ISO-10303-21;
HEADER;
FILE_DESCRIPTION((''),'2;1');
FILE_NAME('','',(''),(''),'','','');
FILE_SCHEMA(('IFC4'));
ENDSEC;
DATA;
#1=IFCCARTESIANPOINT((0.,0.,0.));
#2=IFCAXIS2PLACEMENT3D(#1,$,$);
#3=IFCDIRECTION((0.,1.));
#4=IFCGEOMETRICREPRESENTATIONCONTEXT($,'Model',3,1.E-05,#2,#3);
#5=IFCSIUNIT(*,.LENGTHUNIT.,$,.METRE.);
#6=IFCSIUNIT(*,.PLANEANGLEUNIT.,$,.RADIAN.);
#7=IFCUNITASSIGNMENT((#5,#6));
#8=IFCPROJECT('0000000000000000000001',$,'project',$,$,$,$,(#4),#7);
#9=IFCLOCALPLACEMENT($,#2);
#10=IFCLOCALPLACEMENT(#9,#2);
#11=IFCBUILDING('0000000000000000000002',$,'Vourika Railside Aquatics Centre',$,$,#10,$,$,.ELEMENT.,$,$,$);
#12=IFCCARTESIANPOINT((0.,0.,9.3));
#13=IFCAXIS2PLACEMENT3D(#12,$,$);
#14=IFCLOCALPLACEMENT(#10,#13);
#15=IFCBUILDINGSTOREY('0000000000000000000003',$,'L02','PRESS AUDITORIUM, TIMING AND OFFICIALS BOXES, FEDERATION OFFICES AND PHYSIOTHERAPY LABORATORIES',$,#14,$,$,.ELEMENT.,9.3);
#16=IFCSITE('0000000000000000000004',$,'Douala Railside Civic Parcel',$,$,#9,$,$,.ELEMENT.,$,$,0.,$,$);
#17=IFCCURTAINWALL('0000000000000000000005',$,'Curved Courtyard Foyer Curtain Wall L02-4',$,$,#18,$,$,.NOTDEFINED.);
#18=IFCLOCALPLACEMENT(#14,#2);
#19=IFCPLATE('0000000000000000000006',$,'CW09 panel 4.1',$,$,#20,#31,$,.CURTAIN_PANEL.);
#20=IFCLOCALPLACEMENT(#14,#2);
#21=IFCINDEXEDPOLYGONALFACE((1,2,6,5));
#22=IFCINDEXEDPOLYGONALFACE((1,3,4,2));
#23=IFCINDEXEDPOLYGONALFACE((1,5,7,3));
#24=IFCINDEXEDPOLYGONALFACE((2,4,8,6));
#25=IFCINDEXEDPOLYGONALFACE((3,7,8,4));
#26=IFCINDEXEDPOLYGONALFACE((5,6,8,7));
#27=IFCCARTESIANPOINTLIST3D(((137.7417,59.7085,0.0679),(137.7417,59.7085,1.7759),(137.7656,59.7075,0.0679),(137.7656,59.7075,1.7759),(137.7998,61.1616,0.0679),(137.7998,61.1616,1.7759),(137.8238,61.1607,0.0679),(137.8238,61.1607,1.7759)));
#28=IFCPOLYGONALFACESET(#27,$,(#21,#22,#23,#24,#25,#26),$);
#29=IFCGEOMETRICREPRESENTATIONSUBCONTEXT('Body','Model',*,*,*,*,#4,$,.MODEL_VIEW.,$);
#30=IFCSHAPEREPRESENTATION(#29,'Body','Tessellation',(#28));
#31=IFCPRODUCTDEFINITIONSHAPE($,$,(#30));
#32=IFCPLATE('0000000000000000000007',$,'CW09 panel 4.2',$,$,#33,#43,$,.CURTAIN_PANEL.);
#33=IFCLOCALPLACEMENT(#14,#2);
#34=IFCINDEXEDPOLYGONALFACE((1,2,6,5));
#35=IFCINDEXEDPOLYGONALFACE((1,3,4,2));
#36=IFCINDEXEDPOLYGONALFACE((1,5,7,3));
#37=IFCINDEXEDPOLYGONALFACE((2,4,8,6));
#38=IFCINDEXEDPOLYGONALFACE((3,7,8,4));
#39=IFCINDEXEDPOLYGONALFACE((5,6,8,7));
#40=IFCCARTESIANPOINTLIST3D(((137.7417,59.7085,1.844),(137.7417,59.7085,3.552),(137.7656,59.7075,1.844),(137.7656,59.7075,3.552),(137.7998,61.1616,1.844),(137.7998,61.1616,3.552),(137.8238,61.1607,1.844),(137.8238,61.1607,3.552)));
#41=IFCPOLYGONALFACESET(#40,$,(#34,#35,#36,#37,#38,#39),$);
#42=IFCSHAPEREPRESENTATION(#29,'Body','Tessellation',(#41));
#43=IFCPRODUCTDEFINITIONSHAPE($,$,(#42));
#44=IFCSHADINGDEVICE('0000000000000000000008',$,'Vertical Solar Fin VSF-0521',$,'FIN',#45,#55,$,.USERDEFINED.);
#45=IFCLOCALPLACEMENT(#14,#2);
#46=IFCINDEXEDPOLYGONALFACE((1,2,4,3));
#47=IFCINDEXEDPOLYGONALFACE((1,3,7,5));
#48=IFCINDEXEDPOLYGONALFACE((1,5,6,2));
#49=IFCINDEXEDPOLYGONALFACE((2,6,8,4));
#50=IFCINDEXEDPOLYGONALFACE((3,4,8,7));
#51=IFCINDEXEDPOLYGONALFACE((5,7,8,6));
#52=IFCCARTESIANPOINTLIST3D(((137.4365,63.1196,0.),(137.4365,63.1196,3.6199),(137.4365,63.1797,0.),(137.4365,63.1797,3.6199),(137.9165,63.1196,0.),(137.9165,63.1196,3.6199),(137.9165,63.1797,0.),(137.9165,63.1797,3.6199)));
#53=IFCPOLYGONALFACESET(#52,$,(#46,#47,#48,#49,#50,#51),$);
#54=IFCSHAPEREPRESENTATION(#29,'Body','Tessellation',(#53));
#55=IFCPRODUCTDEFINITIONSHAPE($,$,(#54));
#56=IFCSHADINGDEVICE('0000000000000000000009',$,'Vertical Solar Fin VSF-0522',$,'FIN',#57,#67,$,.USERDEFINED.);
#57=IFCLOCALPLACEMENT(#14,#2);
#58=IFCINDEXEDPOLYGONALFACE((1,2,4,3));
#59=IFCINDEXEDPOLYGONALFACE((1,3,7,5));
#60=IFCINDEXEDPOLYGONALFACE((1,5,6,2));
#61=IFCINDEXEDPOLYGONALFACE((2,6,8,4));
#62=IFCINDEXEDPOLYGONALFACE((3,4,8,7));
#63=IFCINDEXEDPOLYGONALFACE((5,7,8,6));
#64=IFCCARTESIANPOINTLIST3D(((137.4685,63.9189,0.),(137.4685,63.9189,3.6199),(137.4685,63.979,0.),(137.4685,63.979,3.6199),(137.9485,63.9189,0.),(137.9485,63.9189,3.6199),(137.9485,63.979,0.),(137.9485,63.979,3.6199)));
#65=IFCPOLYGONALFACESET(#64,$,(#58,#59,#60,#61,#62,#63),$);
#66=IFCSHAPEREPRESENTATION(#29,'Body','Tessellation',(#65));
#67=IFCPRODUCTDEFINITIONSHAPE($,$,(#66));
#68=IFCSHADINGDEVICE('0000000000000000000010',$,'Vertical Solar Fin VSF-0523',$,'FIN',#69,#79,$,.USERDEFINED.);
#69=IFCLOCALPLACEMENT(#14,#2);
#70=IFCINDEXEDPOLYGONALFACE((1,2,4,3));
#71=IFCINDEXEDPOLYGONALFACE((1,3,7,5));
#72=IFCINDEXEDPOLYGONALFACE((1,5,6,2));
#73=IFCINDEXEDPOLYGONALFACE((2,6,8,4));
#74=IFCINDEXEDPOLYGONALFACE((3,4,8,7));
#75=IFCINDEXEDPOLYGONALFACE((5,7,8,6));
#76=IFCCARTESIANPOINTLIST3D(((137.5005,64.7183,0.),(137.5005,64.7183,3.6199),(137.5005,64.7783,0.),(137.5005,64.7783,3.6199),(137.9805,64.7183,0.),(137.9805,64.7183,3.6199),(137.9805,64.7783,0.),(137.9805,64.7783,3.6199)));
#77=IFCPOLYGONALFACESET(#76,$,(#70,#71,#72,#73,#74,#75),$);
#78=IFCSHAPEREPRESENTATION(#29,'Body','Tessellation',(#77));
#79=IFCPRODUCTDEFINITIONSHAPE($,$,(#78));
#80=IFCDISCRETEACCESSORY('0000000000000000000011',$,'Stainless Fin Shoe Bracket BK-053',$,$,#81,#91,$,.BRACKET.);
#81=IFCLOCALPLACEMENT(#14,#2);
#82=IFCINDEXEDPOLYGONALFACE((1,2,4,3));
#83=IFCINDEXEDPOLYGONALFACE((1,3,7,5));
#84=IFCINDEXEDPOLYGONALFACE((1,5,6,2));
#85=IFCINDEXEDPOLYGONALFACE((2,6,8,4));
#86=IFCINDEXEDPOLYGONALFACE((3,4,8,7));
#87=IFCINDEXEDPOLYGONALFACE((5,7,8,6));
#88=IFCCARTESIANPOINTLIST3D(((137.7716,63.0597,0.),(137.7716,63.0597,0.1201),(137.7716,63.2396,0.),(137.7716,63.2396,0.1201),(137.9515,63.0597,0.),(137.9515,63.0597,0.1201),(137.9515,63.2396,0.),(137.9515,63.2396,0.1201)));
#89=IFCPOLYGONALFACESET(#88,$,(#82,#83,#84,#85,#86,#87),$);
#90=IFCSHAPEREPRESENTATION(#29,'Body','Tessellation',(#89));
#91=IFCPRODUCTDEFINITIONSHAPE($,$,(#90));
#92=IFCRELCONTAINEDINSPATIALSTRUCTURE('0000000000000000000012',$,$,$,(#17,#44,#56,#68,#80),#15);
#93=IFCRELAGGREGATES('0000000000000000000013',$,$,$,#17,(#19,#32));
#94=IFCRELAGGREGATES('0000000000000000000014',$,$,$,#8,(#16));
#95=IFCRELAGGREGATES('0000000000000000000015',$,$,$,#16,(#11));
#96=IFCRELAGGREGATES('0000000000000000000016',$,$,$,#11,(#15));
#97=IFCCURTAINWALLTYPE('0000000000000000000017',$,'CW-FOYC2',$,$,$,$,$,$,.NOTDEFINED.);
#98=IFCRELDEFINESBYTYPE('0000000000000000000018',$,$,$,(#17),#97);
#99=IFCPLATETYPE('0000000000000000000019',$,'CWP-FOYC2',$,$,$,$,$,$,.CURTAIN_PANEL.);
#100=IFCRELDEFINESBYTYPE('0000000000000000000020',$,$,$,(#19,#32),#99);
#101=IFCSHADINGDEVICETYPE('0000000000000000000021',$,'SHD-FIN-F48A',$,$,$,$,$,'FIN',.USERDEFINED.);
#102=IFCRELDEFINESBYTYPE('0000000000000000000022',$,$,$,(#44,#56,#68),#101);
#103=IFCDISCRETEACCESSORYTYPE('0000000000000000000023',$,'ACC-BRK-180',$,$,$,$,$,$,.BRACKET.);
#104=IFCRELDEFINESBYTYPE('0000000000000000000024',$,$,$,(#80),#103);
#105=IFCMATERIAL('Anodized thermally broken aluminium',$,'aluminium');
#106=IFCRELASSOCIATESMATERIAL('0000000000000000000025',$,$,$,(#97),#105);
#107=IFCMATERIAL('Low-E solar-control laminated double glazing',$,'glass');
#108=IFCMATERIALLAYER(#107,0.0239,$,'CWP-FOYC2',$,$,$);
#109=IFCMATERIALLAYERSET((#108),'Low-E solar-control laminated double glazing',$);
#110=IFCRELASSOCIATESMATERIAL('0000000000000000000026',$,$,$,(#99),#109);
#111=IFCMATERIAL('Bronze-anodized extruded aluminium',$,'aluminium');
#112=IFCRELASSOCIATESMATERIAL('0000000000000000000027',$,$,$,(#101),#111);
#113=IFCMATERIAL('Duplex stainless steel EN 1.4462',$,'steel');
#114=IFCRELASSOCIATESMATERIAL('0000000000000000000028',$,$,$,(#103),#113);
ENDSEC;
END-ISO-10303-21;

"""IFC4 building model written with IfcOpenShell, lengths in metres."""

from ifc_helpers import new_model, si_unit, direction, frame, origin, origin_2d, place, context, subcontext, project, spatial, rectangle, extrude, material, layer, layer_set, material_profile, profile_set, type_object, element, aggregate, save


model = new_model("IFC4")

# Units and contexts
model_context = context("Model", 3, precision=1e-05, world=origin(), true_north=direction((0.0, 1.0)))
body_context = subcontext(model_context, "Body", "Model", "MODEL_VIEW")
ifc_project = project(units=[si_unit("LENGTHUNIT", "METRE"), si_unit("PLANEANGLEUNIT", "RADIAN")], contexts=[model_context])

# Site, building, storey
site_placement = place(None, origin())
site = spatial("IfcSite", under=ifc_project, at=site_placement, Name="Douala Railside Civic Parcel", CompositionType="ELEMENT", RefElevation=0.0)
building_placement = place(site_placement, origin())
building = spatial("IfcBuilding", under=site, at=building_placement, Name="Vourika Railside Aquatics Centre", CompositionType="ELEMENT")
storey_placement = place(building_placement, frame((0.0, 0.0, 9.3)))
storey = spatial("IfcBuildingStorey", under=building, at=storey_placement, Name="L02", Description="PRESS AUDITORIUM, TIMING AND OFFICIALS BOXES, FEDERATION OFFICES AND PHYSIOTHERAPY LABORATORIES", CompositionType="ELEMENT", Elevation=9.3)

# Shared definitions
ifc_material_1 = material(Name="Anodized thermally broken aluminium", Category="aluminium")
curtain_wall_type = type_object("IfcCurtainWallType", Name="CW-FOYC2", PredefinedType="NOTDEFINED", material=ifc_material_1)

# Curtain wall
curtain_wall_1_placement = place(storey_placement, origin())
curtain_wall_1 = element("IfcCurtainWall", 1, at=curtain_wall_1_placement, inside=storey, type_object=curtain_wall_type, Name="Curved Courtyard Foyer Curtain Wall L02-4", PredefinedType="NOTDEFINED")

# Plates
ifc_material_2 = material(Name="Low-E solar-control laminated double glazing", Category="glass")
ifc_layer = layer(ifc_material_2, 0.0239, Name="CWP-FOYC2")
ifc_layer_set = layer_set([ifc_layer], Name="Low-E solar-control laminated double glazing")
plate_type = type_object("IfcPlateType", Name="CWP-FOYC2", PredefinedType="CURTAIN_PANEL", material=ifc_layer_set)
plate_1_placement = place(storey_placement, frame((137.7827, 60.4346, 0.0679), z_axis=(0.0, 0.0, 1.0), x_axis=(-0.04, -0.9992, 0.0)))
plate_1 = element("IfcPlate", 2, at=plate_1_placement, type_object=plate_type, Name="CW09 panel 4.1", PredefinedType="CURTAIN_PANEL", context=body_context, shape_type="SweptSolid", body=[
    extrude(rectangle(XDim=1.4543, YDim=0.0239, at=origin_2d()), origin(), (0.0, 0.0, 1.0), 1.708),
])
plate_2_placement = place(storey_placement, frame((137.7827, 60.4346, 1.844), z_axis=(0.0, 0.0, 1.0), x_axis=(-0.04, -0.9992, 0.0)))
plate_2 = element("IfcPlate", 3, at=plate_2_placement, type_object=plate_type, Name="CW09 panel 4.2", PredefinedType="CURTAIN_PANEL", context=body_context, shape_type="SweptSolid", body=[
    extrude(rectangle(XDim=1.4543, YDim=0.0239, at=origin_2d()), origin(), (0.0, 0.0, 1.0), 1.708),
])
aggregate(curtain_wall_1, [plate_1, plate_2])

# Shading devices
ifc_material_3 = material(Name="Bronze-anodized extruded aluminium", Category="aluminium")
ifc_material_profile_1 = material_profile(ifc_material_3, rectangle(XDim=0.0601, YDim=0.48, at=origin_2d()), Name="ALU-FIN 60x480")
ifc_profile_set_1 = profile_set([ifc_material_profile_1], Name="Bronze-anodized extruded aluminium")
shading_device_type = type_object("IfcShadingDeviceType", Name="SHD-FIN-F48A", ElementType="FIN", PredefinedType="USERDEFINED", material=ifc_profile_set_1)
for number, where, z_axis, x_axis, name in (
    (4, (137.6765, 63.1497, 0.0), (0.0, 0.0, 1.0), (0.0, 1.0, 0.0), "Vertical Solar Fin VSF-0521"),
    (5, (137.7085, 63.949, 0.0), (0.0, 0.0, 1.0), (0.0, 1.0, 0.0), "Vertical Solar Fin VSF-0522"),
    (6, (137.7405, 64.7483, 0.0), (0.0, 0.0, 1.0), (0.0, 1.0, 0.0), "Vertical Solar Fin VSF-0523"),
):
    element("IfcShadingDevice", number, at=place(storey_placement, frame(where, z_axis=z_axis, x_axis=x_axis)), inside=storey, type_object=shading_device_type, Name=name, ObjectType="FIN", PredefinedType="USERDEFINED", context=body_context, shape_type="SweptSolid", body=[
        extrude(rectangle(XDim=0.0601, YDim=0.48, at=origin_2d()), origin(), (0.0, 0.0, 1.0), 3.6199),
    ])

# Discrete accessory
ifc_material_4 = material(Name="Duplex stainless steel EN 1.4462", Category="steel")
discrete_accessory_type = type_object("IfcDiscreteAccessoryType", Name="ACC-BRK-180", PredefinedType="BRACKET", material=ifc_material_4)
discrete_accessory_placement = place(storey_placement, frame((137.8616, 63.1497, 0.0), z_axis=(0.0, 0.0, 1.0), x_axis=(-1.0, 0.0, 0.0)))
element("IfcDiscreteAccessory", 7, at=discrete_accessory_placement, inside=storey, type_object=discrete_accessory_type, Name="Stainless Fin Shoe Bracket BK-053", PredefinedType="BRACKET", context=body_context, shape_type="SweptSolid", body=[
    extrude(rectangle(XDim=0.1799, YDim=0.1799, at=origin_2d()), origin(), (0.0, 0.0, 1.0), 0.1201),
])

save(model, "model.ifc")
